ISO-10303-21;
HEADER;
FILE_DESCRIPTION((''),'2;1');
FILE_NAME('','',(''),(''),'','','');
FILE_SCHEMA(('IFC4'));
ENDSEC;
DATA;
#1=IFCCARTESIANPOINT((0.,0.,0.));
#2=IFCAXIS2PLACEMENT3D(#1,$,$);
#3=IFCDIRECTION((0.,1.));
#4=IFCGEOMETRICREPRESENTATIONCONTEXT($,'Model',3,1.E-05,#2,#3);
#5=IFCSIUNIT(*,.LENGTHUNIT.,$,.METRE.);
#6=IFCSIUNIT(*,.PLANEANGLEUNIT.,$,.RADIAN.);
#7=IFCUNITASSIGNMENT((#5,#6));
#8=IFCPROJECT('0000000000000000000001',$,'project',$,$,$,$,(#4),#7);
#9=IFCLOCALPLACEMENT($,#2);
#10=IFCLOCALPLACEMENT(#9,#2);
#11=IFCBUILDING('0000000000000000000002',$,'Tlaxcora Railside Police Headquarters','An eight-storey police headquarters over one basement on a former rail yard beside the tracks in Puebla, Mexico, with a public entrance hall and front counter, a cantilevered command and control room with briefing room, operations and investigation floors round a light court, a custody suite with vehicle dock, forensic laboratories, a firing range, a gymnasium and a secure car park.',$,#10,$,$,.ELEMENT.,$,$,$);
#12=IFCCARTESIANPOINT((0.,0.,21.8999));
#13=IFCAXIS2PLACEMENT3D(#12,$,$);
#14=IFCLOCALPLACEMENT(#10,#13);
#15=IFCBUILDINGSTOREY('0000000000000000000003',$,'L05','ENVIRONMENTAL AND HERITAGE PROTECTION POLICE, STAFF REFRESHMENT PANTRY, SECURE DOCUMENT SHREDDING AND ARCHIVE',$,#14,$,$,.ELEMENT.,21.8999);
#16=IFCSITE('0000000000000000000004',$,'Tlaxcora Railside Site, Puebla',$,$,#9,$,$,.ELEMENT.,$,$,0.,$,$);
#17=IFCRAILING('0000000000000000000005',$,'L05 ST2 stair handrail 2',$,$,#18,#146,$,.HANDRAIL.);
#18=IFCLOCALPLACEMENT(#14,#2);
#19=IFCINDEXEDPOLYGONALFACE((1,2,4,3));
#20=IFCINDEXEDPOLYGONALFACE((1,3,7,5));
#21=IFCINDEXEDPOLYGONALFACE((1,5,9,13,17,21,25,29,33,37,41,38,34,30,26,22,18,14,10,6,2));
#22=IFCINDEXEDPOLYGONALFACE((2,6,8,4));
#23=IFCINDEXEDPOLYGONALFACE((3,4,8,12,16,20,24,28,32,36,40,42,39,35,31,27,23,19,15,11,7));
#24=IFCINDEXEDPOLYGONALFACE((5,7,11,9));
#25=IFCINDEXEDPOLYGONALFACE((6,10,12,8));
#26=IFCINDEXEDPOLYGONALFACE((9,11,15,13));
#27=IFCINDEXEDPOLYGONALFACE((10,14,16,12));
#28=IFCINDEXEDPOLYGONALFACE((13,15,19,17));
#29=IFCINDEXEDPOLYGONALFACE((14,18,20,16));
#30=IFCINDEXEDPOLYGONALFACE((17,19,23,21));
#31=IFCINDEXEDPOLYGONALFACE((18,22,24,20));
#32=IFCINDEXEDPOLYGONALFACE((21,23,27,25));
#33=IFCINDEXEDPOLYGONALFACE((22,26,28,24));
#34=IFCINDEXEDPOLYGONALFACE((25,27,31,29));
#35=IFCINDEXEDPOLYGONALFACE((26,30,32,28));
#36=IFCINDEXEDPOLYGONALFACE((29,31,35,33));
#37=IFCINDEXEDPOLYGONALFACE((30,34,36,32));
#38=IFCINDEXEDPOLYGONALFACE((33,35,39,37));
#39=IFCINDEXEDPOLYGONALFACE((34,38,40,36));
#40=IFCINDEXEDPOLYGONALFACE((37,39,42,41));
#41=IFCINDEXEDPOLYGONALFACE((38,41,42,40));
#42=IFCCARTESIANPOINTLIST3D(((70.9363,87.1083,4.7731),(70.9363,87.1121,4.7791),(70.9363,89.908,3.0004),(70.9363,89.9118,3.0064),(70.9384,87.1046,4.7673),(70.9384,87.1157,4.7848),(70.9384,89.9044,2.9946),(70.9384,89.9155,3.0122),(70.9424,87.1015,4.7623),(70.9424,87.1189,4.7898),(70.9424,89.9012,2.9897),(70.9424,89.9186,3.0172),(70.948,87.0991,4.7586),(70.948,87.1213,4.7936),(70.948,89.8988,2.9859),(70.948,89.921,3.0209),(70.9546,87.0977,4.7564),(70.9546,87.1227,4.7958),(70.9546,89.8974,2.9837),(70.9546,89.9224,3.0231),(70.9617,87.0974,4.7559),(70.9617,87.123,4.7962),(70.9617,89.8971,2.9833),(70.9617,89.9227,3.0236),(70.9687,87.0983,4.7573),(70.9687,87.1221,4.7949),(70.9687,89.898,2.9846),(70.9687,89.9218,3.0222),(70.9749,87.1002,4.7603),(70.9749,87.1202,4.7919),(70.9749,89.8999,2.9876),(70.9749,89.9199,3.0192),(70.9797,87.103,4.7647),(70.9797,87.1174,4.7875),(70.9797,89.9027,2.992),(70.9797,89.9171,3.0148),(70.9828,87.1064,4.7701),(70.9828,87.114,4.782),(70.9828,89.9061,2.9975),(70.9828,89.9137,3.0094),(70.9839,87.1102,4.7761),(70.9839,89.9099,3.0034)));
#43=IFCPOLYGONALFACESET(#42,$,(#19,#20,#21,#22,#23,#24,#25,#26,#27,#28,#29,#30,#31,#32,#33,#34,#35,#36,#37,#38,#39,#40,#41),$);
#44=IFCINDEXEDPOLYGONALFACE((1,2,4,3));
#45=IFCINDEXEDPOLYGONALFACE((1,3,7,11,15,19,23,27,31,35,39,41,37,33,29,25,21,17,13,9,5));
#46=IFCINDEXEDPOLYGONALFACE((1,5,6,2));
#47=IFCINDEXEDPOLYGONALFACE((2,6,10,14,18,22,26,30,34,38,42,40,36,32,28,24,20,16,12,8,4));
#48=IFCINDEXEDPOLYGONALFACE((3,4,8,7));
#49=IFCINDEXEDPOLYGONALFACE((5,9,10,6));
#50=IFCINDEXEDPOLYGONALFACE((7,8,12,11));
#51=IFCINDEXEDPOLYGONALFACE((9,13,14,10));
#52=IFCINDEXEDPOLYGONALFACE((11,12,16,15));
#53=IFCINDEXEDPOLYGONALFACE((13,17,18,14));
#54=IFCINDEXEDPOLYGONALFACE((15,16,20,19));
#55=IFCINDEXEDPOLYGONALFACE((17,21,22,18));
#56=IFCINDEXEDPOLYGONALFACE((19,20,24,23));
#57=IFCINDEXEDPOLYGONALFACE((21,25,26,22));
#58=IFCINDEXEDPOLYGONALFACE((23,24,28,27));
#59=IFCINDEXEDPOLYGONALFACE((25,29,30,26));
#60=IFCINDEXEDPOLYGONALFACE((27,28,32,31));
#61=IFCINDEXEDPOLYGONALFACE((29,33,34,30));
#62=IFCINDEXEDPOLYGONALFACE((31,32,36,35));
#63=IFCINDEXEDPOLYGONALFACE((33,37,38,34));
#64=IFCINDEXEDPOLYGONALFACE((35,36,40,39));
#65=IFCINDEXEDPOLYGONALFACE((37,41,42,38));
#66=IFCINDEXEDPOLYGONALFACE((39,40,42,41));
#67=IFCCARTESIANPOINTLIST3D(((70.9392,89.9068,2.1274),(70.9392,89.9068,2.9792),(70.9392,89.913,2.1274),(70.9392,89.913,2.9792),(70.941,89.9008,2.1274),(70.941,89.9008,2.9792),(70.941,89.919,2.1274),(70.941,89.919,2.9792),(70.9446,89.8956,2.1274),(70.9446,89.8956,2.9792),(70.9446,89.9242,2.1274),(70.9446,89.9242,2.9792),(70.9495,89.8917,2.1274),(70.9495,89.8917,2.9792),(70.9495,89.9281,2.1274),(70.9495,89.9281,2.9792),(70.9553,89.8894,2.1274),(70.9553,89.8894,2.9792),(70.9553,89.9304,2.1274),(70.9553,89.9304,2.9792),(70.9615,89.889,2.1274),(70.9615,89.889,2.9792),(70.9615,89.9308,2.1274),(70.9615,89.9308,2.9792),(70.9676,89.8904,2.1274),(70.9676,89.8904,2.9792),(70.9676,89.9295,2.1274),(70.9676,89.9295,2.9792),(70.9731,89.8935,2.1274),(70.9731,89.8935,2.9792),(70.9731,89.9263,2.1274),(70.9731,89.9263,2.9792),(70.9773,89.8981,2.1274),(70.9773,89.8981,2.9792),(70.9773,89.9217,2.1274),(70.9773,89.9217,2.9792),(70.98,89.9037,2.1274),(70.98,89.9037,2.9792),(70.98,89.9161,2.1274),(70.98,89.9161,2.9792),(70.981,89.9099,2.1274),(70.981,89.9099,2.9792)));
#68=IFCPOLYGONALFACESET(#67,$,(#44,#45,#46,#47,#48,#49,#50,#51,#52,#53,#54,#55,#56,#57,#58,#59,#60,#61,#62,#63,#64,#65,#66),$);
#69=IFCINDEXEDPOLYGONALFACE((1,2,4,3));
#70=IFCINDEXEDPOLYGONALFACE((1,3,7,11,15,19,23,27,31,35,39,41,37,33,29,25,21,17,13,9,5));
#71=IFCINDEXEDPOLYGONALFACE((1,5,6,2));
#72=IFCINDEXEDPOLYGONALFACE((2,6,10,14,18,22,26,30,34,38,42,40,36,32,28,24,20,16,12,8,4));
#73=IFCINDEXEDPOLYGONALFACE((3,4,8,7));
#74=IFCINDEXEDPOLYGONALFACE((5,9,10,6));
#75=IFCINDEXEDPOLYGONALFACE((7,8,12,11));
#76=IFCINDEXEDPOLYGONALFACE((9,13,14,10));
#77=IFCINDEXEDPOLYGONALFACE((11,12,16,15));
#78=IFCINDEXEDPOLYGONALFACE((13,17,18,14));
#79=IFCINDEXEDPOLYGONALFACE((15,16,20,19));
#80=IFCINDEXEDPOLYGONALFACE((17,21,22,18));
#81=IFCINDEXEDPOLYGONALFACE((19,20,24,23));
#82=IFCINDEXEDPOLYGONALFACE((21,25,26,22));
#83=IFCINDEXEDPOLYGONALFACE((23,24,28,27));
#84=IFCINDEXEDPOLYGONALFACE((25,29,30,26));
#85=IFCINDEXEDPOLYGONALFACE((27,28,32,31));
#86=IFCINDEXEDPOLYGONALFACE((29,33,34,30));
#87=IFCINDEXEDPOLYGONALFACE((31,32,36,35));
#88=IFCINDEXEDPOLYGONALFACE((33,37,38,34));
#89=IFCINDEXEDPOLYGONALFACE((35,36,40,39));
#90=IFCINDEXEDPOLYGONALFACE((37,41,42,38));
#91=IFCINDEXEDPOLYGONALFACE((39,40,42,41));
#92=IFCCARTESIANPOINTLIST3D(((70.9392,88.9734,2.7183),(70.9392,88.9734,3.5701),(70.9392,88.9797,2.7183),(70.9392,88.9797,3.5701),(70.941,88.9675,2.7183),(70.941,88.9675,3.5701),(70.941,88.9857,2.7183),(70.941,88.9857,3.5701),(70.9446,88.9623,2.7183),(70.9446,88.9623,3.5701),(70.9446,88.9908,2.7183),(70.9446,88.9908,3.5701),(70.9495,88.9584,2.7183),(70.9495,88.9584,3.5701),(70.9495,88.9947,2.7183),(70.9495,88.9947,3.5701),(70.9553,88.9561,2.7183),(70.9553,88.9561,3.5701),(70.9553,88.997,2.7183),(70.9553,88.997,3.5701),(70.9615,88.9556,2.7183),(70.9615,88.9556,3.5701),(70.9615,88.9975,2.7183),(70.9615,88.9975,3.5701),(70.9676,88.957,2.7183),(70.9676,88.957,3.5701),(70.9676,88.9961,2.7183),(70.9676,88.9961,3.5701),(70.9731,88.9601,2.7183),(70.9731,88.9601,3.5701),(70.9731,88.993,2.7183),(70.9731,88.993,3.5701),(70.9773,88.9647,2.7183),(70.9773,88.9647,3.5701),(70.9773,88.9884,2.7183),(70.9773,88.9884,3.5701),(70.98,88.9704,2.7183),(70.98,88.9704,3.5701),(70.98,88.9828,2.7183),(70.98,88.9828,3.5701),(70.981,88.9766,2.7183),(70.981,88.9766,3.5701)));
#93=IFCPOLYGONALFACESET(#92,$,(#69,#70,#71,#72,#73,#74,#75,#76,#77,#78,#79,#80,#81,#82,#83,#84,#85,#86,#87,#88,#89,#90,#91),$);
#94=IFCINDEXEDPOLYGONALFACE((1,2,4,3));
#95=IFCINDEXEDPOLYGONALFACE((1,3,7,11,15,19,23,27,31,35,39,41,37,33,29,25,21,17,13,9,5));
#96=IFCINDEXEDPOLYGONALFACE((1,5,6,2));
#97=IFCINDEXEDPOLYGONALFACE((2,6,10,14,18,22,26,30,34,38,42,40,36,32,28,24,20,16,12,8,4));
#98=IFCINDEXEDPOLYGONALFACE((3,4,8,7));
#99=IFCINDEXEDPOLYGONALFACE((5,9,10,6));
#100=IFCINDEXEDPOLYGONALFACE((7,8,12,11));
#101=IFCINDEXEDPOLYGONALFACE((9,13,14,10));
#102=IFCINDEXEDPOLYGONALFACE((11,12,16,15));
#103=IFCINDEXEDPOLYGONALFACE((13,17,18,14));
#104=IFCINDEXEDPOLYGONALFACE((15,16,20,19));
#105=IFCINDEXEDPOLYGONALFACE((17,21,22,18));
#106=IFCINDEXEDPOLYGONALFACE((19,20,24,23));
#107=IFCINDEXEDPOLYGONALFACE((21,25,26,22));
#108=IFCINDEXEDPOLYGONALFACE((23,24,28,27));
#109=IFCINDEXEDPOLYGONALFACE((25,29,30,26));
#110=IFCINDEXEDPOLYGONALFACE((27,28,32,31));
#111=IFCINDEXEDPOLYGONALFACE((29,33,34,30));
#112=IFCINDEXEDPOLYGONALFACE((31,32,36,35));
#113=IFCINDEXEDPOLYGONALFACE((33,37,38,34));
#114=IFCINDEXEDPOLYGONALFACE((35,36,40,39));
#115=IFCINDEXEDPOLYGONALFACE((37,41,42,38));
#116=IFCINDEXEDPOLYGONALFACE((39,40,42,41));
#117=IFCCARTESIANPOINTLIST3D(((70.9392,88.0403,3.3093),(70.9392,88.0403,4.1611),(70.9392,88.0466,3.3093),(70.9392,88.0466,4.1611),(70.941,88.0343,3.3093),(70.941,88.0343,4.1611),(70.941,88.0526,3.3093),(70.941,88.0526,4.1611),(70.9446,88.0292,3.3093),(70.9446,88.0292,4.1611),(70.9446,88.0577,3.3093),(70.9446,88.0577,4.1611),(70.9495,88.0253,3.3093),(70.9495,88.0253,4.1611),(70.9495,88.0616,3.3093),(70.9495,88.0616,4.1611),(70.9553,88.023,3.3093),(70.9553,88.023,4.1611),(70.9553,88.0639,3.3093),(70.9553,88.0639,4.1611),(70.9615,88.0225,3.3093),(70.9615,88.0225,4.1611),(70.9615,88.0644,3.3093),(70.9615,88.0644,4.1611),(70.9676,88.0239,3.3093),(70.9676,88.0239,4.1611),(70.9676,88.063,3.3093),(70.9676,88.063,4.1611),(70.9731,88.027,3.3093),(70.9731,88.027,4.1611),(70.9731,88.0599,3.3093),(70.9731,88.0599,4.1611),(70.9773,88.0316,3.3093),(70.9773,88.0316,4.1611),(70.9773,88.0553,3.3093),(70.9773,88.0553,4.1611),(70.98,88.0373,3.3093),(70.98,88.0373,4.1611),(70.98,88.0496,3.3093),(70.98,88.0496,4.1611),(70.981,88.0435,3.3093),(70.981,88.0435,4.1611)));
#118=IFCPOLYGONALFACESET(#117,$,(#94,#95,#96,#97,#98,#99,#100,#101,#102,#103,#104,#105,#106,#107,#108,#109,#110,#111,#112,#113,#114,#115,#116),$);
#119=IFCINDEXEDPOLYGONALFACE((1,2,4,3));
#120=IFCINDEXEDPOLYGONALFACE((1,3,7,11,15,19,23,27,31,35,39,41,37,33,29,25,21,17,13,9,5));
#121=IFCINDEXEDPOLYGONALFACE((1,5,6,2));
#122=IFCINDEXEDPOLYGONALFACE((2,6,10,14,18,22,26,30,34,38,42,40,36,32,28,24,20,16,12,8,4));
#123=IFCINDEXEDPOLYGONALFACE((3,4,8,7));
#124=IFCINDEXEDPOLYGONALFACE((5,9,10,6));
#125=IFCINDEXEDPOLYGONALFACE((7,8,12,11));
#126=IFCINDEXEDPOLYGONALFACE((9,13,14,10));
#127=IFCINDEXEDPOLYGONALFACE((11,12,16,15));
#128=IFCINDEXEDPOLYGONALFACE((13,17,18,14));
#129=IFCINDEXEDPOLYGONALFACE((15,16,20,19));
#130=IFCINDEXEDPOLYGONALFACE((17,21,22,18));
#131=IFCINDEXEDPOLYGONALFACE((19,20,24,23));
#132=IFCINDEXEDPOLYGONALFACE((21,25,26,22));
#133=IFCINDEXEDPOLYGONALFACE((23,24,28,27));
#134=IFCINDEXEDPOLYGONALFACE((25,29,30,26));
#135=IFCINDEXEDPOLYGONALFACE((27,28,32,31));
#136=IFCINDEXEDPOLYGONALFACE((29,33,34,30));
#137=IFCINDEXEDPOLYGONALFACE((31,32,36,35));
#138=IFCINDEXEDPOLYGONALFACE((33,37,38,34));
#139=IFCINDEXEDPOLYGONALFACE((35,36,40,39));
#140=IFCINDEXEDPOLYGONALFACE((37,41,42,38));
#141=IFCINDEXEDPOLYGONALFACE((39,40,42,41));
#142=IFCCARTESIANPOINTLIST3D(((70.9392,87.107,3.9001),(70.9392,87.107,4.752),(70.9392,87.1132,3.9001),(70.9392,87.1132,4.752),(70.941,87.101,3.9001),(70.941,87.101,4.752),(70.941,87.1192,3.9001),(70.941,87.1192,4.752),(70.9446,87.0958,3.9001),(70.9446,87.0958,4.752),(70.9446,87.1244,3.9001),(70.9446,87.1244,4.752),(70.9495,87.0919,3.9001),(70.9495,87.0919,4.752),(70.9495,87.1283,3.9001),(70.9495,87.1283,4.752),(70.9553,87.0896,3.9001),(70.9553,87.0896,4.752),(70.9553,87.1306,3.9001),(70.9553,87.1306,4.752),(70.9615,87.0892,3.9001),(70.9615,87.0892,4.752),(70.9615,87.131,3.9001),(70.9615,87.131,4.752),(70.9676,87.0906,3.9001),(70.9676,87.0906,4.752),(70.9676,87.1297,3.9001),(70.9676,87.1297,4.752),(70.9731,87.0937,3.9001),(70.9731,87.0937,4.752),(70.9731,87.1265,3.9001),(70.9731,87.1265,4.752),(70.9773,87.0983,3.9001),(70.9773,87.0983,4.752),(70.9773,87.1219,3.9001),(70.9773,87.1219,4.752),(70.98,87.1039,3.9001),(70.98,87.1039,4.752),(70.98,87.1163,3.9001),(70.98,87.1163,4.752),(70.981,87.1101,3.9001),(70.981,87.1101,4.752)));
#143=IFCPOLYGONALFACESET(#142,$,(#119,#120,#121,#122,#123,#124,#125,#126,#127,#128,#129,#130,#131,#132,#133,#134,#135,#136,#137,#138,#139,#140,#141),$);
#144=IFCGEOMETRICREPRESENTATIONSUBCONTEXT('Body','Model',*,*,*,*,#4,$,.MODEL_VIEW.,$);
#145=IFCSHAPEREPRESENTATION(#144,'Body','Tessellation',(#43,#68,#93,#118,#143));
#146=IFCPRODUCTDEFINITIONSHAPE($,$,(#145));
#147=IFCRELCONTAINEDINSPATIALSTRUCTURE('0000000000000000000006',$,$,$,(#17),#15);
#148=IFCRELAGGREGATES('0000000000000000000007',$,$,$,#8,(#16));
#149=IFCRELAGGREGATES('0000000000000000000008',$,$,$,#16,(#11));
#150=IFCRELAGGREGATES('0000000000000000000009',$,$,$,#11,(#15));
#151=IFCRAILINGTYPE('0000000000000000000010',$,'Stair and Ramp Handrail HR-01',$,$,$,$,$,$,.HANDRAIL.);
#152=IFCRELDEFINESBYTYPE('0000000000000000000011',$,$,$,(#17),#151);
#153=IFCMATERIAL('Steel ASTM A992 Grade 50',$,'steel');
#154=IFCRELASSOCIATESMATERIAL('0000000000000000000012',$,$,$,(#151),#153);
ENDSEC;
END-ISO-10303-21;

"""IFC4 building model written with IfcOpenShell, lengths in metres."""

from ifc_helpers import new_model, si_unit, direction, frame, origin, origin_2d, place, context, subcontext, project, spatial, circle, extrude, material, type_object, element, save


model = new_model("IFC4")

# Units and contexts
model_context = context("Model", 3, precision=1e-05, world=origin(), true_north=direction((0.0, 1.0)))
body_context = subcontext(model_context, "Body", "Model", "MODEL_VIEW")
ifc_project = project(units=[si_unit("LENGTHUNIT", "METRE"), si_unit("PLANEANGLEUNIT", "RADIAN")], contexts=[model_context])

# Site, building, storey
site_placement = place(None, origin())
site = spatial("IfcSite", under=ifc_project, at=site_placement, Name="Tlaxcora Railside Site, Puebla", CompositionType="ELEMENT", RefElevation=0.0)
building_placement = place(site_placement, origin())
building = spatial("IfcBuilding", under=site, at=building_placement, Name="Tlaxcora Railside Police Headquarters", Description="An eight-storey police headquarters over one basement on a former rail yard beside the tracks in Puebla, Mexico, with a public entrance hall and front counter, a cantilevered command and control room with briefing room, operations and investigation floors round a light court, a custody suite with vehicle dock, forensic laboratories, a firing range, a gymnasium and a secure car park.", CompositionType="ELEMENT")
storey_placement = place(building_placement, frame((0.0, 0.0, 21.8999)))
storey = spatial("IfcBuildingStorey", under=building, at=storey_placement, Name="L05", Description="ENVIRONMENTAL AND HERITAGE PROTECTION POLICE, STAFF REFRESHMENT PANTRY, SECURE DOCUMENT SHREDDING AND ARCHIVE", CompositionType="ELEMENT", Elevation=21.8999)

# Shared definitions
ifc_material_1 = material(Name="Steel ASTM A992 Grade 50", Category="steel")

# Railing
railing_type_1 = type_object("IfcRailingType", Name="Stair and Ramp Handrail HR-01", PredefinedType="HANDRAIL", material=ifc_material_1)
railing_1_placement = place(storey_placement, frame((70.96, 89.9099, 2.1274)))
element("IfcRailing", 1, at=railing_1_placement, inside=storey, type_object=railing_type_1, Name="L05 ST2 stair handrail 2", PredefinedType="HANDRAIL", context=body_context, shape_type="SweptSolid", body=[
    extrude(circle(Radius=0.0239, at=origin_2d()), frame((0.0, 0.0, 0.876), z_axis=(0.0, -0.844888, 0.534943), x_axis=(1.0, 0.0, 0.0)), (0.0, 0.0, 1.0), 3.3137),
    extrude(circle(Radius=0.021, at=origin_2d()), origin(), (0.0, 0.0, 1.0), 0.8518),
    extrude(circle(Radius=0.021, at=origin_2d()), frame((0.0, -0.9333, 0.5908)), (0.0, 0.0, 1.0), 0.8518),
    extrude(circle(Radius=0.021, at=origin_2d()), frame((0.0, -1.8665, 1.1819)), (0.0, 0.0, 1.0), 0.8518),
    extrude(circle(Radius=0.021, at=origin_2d()), frame((0.0, -2.7998, 1.7727)), (0.0, 0.0, 1.0), 0.8518),
])

save(model, "model.ifc")
